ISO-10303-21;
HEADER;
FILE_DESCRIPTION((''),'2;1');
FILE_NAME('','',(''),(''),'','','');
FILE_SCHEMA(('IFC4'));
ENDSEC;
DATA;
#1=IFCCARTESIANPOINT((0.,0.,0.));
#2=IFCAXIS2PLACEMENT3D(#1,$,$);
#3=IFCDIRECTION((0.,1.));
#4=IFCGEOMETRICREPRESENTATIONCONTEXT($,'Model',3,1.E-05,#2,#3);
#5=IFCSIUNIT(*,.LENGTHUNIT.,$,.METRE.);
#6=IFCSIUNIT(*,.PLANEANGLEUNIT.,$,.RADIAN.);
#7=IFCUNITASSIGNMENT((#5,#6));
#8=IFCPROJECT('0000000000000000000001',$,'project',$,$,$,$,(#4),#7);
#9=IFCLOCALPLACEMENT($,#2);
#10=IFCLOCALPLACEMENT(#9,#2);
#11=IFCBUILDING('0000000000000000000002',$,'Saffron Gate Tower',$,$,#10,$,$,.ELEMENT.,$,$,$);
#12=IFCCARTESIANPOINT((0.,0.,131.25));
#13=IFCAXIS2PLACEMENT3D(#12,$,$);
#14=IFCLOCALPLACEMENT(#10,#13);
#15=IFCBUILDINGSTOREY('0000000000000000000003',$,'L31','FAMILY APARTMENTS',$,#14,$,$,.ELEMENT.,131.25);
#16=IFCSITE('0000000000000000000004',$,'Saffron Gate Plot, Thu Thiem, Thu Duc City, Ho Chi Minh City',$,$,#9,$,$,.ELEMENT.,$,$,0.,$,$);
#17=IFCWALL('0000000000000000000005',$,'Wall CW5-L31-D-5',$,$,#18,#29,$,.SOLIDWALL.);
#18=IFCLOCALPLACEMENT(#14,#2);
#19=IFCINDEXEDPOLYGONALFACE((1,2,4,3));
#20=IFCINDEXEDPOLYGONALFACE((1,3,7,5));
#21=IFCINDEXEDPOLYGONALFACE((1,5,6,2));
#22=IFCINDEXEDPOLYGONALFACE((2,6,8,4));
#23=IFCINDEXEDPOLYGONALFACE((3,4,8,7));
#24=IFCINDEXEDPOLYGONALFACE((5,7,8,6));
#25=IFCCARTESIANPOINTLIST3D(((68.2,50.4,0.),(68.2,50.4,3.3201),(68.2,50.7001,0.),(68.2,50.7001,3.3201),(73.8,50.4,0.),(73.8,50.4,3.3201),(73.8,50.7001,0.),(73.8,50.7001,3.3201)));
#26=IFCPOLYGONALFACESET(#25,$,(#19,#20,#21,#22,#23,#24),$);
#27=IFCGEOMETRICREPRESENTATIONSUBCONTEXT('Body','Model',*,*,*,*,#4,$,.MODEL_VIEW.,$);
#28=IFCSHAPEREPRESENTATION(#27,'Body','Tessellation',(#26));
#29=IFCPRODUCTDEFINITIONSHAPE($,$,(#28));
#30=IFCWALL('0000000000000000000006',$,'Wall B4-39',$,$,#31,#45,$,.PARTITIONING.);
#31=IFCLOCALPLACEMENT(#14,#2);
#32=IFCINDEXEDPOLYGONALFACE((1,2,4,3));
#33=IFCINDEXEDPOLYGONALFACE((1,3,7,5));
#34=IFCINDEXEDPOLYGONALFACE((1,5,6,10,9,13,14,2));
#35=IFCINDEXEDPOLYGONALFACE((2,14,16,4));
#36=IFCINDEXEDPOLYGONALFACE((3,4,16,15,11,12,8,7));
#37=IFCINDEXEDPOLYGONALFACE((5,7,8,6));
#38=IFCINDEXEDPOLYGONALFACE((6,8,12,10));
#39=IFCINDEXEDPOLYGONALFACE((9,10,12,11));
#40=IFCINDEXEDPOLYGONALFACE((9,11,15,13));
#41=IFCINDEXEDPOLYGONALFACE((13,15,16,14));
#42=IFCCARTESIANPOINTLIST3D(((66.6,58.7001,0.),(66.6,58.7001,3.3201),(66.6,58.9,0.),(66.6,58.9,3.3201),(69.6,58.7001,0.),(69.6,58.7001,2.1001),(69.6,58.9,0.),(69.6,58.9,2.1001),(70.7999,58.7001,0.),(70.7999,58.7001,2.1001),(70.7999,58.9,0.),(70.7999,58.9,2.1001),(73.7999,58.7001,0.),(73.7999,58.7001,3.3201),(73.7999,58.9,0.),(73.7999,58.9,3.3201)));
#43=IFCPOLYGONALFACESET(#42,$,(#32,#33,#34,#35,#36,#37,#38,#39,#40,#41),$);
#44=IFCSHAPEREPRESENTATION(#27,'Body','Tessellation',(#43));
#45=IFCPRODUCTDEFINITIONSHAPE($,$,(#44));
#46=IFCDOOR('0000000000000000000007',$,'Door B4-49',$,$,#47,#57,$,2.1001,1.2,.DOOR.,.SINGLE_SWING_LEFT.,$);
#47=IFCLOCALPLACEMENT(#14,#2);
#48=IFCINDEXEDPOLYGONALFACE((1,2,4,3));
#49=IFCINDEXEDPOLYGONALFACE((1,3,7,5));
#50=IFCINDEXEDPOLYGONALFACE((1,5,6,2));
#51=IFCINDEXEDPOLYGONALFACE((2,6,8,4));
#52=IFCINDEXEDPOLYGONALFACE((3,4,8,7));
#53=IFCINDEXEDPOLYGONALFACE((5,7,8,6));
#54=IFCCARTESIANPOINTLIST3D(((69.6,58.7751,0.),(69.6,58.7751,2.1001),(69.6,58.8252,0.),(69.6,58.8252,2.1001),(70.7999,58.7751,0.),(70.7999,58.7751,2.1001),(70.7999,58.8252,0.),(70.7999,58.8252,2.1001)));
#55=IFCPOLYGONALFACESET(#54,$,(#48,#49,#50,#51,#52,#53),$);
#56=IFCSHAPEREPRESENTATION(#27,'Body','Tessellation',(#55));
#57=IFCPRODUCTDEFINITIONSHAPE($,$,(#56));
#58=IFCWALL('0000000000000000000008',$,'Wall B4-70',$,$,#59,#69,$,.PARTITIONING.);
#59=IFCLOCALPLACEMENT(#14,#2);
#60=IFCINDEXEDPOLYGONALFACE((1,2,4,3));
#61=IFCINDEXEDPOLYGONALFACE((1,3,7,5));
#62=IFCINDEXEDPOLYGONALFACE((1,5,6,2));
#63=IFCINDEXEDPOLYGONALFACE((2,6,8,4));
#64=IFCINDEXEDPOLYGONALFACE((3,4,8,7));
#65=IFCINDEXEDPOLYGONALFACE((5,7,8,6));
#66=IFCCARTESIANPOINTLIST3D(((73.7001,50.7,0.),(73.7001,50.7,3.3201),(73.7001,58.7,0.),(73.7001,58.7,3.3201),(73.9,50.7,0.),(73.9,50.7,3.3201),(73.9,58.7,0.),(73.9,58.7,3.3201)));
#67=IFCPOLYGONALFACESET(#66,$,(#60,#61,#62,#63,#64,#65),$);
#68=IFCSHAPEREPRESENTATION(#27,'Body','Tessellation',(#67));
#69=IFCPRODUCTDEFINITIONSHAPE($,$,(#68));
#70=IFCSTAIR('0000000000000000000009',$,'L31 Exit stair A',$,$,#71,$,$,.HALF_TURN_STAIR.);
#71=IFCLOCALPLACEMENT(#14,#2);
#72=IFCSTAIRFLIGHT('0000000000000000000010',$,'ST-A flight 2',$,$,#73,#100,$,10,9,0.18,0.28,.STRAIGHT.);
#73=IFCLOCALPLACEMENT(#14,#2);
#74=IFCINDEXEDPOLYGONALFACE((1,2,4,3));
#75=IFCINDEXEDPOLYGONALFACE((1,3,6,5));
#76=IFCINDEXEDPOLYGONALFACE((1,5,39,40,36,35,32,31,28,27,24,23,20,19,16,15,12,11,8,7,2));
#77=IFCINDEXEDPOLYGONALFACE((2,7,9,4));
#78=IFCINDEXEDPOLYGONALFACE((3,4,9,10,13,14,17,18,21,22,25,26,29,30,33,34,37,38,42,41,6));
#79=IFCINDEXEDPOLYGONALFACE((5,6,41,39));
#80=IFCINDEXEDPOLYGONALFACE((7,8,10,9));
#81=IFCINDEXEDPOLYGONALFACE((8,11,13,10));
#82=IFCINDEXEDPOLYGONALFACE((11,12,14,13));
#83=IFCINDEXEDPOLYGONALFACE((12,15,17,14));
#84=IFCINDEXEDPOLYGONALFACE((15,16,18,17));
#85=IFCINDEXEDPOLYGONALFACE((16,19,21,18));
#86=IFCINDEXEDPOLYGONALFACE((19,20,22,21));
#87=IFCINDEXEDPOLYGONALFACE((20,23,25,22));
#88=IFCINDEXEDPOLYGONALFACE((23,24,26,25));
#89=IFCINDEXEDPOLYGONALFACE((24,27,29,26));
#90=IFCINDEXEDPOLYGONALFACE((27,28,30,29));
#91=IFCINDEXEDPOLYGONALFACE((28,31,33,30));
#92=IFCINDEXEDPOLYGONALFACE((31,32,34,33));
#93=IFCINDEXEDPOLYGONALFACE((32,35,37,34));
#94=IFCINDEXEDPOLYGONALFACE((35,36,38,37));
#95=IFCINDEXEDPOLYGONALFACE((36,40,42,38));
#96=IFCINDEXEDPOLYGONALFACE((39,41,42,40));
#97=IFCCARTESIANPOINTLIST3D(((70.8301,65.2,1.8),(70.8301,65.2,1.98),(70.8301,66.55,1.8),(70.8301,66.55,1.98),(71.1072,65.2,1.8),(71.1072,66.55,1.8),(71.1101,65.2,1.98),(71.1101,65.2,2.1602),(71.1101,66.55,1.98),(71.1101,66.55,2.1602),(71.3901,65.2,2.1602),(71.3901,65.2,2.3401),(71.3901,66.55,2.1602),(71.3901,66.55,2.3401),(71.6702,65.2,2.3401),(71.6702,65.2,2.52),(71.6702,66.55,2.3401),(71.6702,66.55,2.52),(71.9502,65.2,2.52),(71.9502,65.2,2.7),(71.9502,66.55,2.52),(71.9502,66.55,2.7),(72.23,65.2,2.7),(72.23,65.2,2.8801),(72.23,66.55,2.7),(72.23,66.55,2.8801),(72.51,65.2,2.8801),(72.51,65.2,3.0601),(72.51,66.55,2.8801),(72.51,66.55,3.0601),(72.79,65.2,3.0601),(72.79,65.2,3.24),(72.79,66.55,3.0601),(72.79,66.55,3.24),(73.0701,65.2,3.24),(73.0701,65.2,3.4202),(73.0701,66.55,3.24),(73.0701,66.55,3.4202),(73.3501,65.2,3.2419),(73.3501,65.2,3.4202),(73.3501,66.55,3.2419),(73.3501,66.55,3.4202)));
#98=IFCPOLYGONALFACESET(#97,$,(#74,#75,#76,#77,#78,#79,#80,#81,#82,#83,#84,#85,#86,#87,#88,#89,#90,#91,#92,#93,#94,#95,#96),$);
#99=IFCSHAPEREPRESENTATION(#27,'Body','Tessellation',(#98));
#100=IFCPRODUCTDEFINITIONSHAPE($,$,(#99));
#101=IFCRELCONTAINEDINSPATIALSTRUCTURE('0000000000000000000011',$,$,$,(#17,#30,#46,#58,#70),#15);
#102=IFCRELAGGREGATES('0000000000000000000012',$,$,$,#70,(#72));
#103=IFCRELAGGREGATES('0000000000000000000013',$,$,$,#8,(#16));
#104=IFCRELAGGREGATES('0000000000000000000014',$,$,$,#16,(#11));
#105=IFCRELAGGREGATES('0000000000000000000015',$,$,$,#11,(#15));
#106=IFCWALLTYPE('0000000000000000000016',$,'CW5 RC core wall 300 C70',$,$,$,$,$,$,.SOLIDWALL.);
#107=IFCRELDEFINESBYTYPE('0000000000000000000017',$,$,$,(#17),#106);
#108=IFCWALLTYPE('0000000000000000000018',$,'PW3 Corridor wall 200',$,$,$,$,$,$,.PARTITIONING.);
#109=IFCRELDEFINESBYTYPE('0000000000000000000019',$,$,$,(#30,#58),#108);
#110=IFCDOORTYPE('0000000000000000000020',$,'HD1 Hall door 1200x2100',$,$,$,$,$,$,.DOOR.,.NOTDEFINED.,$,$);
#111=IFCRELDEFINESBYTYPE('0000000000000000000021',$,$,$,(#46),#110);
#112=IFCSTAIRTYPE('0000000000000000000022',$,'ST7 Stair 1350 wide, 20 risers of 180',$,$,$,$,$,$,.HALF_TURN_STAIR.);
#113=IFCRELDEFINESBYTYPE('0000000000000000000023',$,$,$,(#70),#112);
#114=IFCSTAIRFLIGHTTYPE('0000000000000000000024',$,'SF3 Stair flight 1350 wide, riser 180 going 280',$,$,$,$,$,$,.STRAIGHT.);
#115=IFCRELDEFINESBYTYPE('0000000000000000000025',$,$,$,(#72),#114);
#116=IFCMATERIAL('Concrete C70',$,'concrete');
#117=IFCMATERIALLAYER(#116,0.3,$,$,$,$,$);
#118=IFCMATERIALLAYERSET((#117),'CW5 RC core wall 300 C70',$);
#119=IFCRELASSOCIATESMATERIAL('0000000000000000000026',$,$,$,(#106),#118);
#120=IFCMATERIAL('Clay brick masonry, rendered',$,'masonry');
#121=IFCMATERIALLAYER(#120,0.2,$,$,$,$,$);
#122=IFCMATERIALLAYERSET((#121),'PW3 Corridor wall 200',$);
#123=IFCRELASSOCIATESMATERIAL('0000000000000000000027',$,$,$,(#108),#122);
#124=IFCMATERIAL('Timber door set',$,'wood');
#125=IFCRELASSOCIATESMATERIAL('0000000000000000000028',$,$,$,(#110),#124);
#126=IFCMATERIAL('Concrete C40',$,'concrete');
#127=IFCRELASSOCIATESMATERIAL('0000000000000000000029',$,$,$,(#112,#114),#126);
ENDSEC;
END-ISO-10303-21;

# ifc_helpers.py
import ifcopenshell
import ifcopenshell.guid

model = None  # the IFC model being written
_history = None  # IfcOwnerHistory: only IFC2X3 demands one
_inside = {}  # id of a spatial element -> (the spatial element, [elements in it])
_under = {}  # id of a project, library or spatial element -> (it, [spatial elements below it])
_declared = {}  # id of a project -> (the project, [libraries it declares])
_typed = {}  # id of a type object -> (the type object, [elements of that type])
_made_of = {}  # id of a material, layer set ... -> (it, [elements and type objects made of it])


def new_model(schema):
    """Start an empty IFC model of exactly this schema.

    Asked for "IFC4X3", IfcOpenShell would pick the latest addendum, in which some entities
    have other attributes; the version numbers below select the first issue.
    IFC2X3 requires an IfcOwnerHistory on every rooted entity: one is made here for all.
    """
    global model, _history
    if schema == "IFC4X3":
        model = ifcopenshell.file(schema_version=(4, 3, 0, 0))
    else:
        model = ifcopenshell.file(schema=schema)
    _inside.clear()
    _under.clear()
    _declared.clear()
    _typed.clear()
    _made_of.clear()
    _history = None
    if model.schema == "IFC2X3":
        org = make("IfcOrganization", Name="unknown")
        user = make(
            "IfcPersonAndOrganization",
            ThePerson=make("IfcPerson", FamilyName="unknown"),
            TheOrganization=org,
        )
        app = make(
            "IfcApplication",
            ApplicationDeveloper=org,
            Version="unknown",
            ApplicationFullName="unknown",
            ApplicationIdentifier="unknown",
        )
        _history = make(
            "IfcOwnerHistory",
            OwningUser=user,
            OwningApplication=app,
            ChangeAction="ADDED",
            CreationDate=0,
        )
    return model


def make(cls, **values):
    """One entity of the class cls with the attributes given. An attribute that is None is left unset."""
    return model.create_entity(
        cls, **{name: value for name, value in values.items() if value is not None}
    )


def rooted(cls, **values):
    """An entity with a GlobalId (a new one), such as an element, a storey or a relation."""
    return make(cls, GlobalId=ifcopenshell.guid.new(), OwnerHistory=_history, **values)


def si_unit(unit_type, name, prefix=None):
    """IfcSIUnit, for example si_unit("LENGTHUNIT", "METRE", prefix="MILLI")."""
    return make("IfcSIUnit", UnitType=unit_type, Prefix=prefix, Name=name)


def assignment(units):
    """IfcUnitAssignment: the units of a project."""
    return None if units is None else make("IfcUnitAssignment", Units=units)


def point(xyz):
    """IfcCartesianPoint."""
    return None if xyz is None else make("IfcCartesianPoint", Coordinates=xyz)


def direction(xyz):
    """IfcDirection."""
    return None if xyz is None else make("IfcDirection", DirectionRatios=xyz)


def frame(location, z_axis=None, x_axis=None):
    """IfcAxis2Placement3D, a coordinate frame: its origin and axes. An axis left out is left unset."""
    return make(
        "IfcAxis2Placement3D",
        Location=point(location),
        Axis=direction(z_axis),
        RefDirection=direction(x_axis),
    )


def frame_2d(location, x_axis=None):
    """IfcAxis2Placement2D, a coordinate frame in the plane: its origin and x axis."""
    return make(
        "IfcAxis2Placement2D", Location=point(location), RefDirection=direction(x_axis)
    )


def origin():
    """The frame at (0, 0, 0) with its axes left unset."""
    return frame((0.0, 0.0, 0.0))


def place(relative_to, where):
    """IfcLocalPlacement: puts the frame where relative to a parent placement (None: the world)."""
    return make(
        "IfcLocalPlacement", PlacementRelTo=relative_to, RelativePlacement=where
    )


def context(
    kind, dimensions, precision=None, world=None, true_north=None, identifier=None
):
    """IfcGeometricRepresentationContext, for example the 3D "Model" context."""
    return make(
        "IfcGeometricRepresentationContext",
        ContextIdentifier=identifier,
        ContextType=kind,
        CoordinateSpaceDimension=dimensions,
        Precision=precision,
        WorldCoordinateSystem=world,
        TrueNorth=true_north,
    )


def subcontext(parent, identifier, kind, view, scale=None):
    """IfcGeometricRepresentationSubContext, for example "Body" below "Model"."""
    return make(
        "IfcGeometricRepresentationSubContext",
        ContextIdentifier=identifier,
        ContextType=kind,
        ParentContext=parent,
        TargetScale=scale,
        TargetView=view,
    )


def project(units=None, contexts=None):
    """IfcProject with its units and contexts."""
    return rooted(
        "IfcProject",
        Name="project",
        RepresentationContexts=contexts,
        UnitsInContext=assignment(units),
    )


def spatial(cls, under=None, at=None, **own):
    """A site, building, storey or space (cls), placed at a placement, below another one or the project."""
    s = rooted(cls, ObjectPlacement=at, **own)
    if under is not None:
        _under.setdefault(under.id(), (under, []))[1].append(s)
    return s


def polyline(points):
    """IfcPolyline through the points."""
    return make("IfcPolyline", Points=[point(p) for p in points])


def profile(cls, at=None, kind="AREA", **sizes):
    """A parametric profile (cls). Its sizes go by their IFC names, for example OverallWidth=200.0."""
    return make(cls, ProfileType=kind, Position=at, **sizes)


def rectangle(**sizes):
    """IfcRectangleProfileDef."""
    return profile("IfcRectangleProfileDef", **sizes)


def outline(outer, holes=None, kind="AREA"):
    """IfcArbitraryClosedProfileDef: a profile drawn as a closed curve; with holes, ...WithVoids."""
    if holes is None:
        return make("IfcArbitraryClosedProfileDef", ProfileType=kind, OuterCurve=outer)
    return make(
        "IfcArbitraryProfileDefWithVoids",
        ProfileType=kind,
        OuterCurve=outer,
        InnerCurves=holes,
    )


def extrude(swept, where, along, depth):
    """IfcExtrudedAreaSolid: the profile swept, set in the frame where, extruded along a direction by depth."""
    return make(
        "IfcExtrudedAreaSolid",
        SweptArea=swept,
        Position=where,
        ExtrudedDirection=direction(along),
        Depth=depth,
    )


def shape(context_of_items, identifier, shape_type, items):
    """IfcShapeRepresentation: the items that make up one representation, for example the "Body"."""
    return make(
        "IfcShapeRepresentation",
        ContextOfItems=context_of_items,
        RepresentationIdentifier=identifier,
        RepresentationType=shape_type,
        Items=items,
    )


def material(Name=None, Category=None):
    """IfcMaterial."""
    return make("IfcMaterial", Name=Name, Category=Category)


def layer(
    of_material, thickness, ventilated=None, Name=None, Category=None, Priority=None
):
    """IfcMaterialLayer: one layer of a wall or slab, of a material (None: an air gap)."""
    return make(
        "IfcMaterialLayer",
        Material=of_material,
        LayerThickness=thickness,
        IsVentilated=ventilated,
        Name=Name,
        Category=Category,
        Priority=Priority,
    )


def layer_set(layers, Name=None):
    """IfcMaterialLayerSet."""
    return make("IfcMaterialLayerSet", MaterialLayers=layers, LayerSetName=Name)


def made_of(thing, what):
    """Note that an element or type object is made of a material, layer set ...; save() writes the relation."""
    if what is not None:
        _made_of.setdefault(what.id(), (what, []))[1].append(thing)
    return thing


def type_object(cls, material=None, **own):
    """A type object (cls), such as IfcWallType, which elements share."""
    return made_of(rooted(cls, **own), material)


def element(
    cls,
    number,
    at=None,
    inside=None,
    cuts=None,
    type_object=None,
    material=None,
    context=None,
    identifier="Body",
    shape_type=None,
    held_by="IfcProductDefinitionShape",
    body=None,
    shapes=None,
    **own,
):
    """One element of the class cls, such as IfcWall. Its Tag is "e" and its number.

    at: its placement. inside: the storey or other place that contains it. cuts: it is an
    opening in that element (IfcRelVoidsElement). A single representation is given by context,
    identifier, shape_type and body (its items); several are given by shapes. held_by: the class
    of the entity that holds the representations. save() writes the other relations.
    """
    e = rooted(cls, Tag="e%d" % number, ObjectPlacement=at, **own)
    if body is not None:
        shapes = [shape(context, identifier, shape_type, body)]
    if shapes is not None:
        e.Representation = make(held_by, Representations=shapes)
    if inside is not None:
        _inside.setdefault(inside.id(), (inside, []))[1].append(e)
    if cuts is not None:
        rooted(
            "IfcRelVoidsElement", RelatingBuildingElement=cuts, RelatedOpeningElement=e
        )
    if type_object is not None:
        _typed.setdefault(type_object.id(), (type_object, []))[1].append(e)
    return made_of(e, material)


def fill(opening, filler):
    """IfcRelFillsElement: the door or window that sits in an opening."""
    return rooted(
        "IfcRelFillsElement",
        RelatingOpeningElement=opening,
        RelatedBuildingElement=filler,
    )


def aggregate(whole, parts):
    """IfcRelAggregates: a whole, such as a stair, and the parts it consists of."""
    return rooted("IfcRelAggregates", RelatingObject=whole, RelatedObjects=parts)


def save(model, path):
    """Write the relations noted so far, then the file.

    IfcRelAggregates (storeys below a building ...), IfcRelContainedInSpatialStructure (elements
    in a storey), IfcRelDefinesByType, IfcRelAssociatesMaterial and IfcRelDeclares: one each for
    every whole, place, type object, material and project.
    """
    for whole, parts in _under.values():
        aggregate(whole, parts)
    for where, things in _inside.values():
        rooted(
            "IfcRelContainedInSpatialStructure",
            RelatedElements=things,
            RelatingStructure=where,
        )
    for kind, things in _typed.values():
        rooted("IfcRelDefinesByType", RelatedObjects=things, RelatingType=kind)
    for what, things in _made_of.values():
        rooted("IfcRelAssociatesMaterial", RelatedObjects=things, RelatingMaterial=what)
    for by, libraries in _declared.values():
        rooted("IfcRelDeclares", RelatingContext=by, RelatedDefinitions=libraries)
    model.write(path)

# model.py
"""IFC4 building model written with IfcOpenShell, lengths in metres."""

from ifc_helpers import new_model, si_unit, direction, frame, frame_2d, origin, place, context, subcontext, project, spatial, polyline, rectangle, outline, extrude, material, layer, layer_set, type_object, element, fill, aggregate, save


model = new_model("IFC4")

# Units and contexts
model_context = context("Model", 3, precision=1e-05, world=origin(), true_north=direction((0.0, 1.0)))
body_context = subcontext(model_context, "Body", "Model", "MODEL_VIEW")
ifc_project = project(units=[si_unit("LENGTHUNIT", "METRE"), si_unit("PLANEANGLEUNIT", "RADIAN")], contexts=[model_context])

# Site, building, storey
site_placement = place(None, origin())
site = spatial("IfcSite", under=ifc_project, at=site_placement, Name="Saffron Gate Plot, Thu Thiem, Thu Duc City, Ho Chi Minh City", CompositionType="ELEMENT", RefElevation=0.0)
building_placement = place(site_placement, origin())
building = spatial("IfcBuilding", under=site, at=building_placement, Name="Saffron Gate Tower", CompositionType="ELEMENT")
storey_placement = place(building_placement, frame((0.0, 0.0, 131.25)))
storey = spatial("IfcBuildingStorey", under=building, at=storey_placement, Name="L31", Description="FAMILY APARTMENTS", CompositionType="ELEMENT", Elevation=131.25)

# Shared definitions
ifc_material_1 = material(Name="Concrete C70", Category="concrete")

# Wall
ifc_layer_1 = layer(ifc_material_1, 0.3)
ifc_layer_set_1 = layer_set([ifc_layer_1], Name="CW5 RC core wall 300 C70")
wall_type_1 = type_object("IfcWallType", Name="CW5 RC core wall 300 C70", PredefinedType="SOLIDWALL", material=ifc_layer_set_1)
wall_1_placement = place(storey_placement, frame((68.2, 50.55, 0.0), z_axis=(0.0, 0.0, 1.0), x_axis=(1.0, 0.0, 0.0)))
element("IfcWall", 1, at=wall_1_placement, inside=storey, type_object=wall_type_1, Name="Wall CW5-L31-D-5", PredefinedType="SOLIDWALL", context=body_context, shape_type="SweptSolid", body=[
    extrude(rectangle(XDim=5.6001, YDim=0.3, at=frame_2d((2.8, 0.0))), origin(), (0.0, 0.0, 1.0), 3.3201),
])

# Wall, opening, door
ifc_material_2 = material(Name="Clay brick masonry, rendered", Category="masonry")
ifc_layer_2 = layer(ifc_material_2, 0.2)
ifc_layer_set_2 = layer_set([ifc_layer_2], Name="PW3 Corridor wall 200")
wall_type_2 = type_object("IfcWallType", Name="PW3 Corridor wall 200", PredefinedType="PARTITIONING", material=ifc_layer_set_2)
wall_2_placement = place(storey_placement, frame((73.8, 58.8, 0.0), z_axis=(0.0, 0.0, 1.0), x_axis=(-1.0, 0.0, 0.0)))
wall_2 = element("IfcWall", 2, at=wall_2_placement, inside=storey, type_object=wall_type_2, Name="Wall B4-39", PredefinedType="PARTITIONING", context=body_context, shape_type="SweptSolid", body=[
    extrude(rectangle(XDim=7.2, YDim=0.2, at=frame_2d((3.6001, 0.0))), origin(), (0.0, 0.0, 1.0), 3.3201),
])
opening_1_placement = place(wall_2_placement, frame((3.0, 0.0, 0.0)))
opening_1 = element("IfcOpeningElement", 3, at=opening_1_placement, cuts=wall_2, PredefinedType="OPENING", context=body_context, shape_type="SweptSolid", body=[
    extrude(rectangle(XDim=1.2, YDim=2.1001, at=frame_2d((0.6001, 1.05))), frame((0.0, 0.1099, 0.0), z_axis=(0.0, -1.0, 0.0), x_axis=(1.0, 0.0, 0.0)), (0.0, 0.0, 1.0), 0.22),
])
ifc_material_3 = material(Name="Timber door set", Category="wood")
door_type_1 = type_object("IfcDoorType", Name="HD1 Hall door 1200x2100", OperationType="NOTDEFINED", PredefinedType="DOOR", material=ifc_material_3)
door_1_placement = place(opening_1_placement, origin())
door_1 = element("IfcDoor", 4, at=door_1_placement, inside=storey, type_object=door_type_1, Name="Door B4-49", OperationType="SINGLE_SWING_LEFT", OverallHeight=2.1001, OverallWidth=1.2, PredefinedType="DOOR", context=body_context, shape_type="SweptSolid", body=[
    extrude(rectangle(XDim=1.2, YDim=2.1001, at=frame_2d((0.6001, 1.05))), frame((0.0, 0.0249, 0.0), z_axis=(0.0, -1.0, 0.0), x_axis=(1.0, 0.0, 0.0)), (0.0, 0.0, 1.0), 0.05),
])
fill(opening_1, door_1)

# Wall
wall_3_placement = place(storey_placement, frame((73.8, 58.7, 0.0), z_axis=(0.0, 0.0, 1.0), x_axis=(0.0, -1.0, 0.0)))
element("IfcWall", 5, at=wall_3_placement, inside=storey, type_object=wall_type_2, Name="Wall B4-70", PredefinedType="PARTITIONING", context=body_context, shape_type="SweptSolid", body=[
    extrude(rectangle(XDim=8.0, YDim=0.2, at=frame_2d((4.0, 0.0))), origin(), (0.0, 0.0, 1.0), 3.3201),
])

# Stair, stair flight
ifc_material_4 = material(Name="Concrete C40", Category="concrete")
stair_type = type_object("IfcStairType", Name="ST7 Stair 1350 wide, 20 risers of 180", PredefinedType="HALF_TURN_STAIR", material=ifc_material_4)
stair_placement = place(storey_placement, origin())
stair = element("IfcStair", 6, at=stair_placement, inside=storey, type_object=stair_type, Name="L31 Exit stair A", PredefinedType="HALF_TURN_STAIR")
stair_flight_type = type_object("IfcStairFlightType", Name="SF3 Stair flight 1350 wide, riser 180 going 280", PredefinedType="STRAIGHT", material=ifc_material_4)
stair_flight_placement = place(storey_placement, frame((70.8301, 65.875, 1.8), z_axis=(0.0, 0.0, 1.0), x_axis=(1.0, 0.0, 0.0)))
stair_flight = element("IfcStairFlight", 7, at=stair_flight_placement, type_object=stair_flight_type, Name="ST-A flight 2", NumberOfRisers=10, NumberOfTreads=9, PredefinedType="STRAIGHT", RiserHeight=0.18, TreadLength=0.28, context=body_context, shape_type="SweptSolid", body=[
    extrude(outline(polyline([(0.0, 0.0), (0.0, 0.1799), (0.28, 0.1799), (0.28, 0.3601), (0.5601, 0.3601), (0.5601, 0.54), (0.8401, 0.54), (0.8401, 0.72), (1.1201, 0.72), (1.1201, 0.8999), (1.3999, 0.8999), (1.3999, 1.0801), (1.6799, 1.0801), (1.6799, 1.26), (1.96, 1.26), (1.96, 1.4399), (2.24, 1.4399), (2.24, 1.6201), (2.52, 1.6201), (2.52, 1.8), (2.52, 1.4419), (0.2771, 0.0), (0.0, 0.0)])), frame((0.0, 0.675, 0.0), z_axis=(0.0, -1.0, 0.0), x_axis=(1.0, 0.0, 0.0)), (0.0, 0.0, 1.0), 1.3501),
])
aggregate(stair, [stair_flight])

save(model, "model.ifc")
